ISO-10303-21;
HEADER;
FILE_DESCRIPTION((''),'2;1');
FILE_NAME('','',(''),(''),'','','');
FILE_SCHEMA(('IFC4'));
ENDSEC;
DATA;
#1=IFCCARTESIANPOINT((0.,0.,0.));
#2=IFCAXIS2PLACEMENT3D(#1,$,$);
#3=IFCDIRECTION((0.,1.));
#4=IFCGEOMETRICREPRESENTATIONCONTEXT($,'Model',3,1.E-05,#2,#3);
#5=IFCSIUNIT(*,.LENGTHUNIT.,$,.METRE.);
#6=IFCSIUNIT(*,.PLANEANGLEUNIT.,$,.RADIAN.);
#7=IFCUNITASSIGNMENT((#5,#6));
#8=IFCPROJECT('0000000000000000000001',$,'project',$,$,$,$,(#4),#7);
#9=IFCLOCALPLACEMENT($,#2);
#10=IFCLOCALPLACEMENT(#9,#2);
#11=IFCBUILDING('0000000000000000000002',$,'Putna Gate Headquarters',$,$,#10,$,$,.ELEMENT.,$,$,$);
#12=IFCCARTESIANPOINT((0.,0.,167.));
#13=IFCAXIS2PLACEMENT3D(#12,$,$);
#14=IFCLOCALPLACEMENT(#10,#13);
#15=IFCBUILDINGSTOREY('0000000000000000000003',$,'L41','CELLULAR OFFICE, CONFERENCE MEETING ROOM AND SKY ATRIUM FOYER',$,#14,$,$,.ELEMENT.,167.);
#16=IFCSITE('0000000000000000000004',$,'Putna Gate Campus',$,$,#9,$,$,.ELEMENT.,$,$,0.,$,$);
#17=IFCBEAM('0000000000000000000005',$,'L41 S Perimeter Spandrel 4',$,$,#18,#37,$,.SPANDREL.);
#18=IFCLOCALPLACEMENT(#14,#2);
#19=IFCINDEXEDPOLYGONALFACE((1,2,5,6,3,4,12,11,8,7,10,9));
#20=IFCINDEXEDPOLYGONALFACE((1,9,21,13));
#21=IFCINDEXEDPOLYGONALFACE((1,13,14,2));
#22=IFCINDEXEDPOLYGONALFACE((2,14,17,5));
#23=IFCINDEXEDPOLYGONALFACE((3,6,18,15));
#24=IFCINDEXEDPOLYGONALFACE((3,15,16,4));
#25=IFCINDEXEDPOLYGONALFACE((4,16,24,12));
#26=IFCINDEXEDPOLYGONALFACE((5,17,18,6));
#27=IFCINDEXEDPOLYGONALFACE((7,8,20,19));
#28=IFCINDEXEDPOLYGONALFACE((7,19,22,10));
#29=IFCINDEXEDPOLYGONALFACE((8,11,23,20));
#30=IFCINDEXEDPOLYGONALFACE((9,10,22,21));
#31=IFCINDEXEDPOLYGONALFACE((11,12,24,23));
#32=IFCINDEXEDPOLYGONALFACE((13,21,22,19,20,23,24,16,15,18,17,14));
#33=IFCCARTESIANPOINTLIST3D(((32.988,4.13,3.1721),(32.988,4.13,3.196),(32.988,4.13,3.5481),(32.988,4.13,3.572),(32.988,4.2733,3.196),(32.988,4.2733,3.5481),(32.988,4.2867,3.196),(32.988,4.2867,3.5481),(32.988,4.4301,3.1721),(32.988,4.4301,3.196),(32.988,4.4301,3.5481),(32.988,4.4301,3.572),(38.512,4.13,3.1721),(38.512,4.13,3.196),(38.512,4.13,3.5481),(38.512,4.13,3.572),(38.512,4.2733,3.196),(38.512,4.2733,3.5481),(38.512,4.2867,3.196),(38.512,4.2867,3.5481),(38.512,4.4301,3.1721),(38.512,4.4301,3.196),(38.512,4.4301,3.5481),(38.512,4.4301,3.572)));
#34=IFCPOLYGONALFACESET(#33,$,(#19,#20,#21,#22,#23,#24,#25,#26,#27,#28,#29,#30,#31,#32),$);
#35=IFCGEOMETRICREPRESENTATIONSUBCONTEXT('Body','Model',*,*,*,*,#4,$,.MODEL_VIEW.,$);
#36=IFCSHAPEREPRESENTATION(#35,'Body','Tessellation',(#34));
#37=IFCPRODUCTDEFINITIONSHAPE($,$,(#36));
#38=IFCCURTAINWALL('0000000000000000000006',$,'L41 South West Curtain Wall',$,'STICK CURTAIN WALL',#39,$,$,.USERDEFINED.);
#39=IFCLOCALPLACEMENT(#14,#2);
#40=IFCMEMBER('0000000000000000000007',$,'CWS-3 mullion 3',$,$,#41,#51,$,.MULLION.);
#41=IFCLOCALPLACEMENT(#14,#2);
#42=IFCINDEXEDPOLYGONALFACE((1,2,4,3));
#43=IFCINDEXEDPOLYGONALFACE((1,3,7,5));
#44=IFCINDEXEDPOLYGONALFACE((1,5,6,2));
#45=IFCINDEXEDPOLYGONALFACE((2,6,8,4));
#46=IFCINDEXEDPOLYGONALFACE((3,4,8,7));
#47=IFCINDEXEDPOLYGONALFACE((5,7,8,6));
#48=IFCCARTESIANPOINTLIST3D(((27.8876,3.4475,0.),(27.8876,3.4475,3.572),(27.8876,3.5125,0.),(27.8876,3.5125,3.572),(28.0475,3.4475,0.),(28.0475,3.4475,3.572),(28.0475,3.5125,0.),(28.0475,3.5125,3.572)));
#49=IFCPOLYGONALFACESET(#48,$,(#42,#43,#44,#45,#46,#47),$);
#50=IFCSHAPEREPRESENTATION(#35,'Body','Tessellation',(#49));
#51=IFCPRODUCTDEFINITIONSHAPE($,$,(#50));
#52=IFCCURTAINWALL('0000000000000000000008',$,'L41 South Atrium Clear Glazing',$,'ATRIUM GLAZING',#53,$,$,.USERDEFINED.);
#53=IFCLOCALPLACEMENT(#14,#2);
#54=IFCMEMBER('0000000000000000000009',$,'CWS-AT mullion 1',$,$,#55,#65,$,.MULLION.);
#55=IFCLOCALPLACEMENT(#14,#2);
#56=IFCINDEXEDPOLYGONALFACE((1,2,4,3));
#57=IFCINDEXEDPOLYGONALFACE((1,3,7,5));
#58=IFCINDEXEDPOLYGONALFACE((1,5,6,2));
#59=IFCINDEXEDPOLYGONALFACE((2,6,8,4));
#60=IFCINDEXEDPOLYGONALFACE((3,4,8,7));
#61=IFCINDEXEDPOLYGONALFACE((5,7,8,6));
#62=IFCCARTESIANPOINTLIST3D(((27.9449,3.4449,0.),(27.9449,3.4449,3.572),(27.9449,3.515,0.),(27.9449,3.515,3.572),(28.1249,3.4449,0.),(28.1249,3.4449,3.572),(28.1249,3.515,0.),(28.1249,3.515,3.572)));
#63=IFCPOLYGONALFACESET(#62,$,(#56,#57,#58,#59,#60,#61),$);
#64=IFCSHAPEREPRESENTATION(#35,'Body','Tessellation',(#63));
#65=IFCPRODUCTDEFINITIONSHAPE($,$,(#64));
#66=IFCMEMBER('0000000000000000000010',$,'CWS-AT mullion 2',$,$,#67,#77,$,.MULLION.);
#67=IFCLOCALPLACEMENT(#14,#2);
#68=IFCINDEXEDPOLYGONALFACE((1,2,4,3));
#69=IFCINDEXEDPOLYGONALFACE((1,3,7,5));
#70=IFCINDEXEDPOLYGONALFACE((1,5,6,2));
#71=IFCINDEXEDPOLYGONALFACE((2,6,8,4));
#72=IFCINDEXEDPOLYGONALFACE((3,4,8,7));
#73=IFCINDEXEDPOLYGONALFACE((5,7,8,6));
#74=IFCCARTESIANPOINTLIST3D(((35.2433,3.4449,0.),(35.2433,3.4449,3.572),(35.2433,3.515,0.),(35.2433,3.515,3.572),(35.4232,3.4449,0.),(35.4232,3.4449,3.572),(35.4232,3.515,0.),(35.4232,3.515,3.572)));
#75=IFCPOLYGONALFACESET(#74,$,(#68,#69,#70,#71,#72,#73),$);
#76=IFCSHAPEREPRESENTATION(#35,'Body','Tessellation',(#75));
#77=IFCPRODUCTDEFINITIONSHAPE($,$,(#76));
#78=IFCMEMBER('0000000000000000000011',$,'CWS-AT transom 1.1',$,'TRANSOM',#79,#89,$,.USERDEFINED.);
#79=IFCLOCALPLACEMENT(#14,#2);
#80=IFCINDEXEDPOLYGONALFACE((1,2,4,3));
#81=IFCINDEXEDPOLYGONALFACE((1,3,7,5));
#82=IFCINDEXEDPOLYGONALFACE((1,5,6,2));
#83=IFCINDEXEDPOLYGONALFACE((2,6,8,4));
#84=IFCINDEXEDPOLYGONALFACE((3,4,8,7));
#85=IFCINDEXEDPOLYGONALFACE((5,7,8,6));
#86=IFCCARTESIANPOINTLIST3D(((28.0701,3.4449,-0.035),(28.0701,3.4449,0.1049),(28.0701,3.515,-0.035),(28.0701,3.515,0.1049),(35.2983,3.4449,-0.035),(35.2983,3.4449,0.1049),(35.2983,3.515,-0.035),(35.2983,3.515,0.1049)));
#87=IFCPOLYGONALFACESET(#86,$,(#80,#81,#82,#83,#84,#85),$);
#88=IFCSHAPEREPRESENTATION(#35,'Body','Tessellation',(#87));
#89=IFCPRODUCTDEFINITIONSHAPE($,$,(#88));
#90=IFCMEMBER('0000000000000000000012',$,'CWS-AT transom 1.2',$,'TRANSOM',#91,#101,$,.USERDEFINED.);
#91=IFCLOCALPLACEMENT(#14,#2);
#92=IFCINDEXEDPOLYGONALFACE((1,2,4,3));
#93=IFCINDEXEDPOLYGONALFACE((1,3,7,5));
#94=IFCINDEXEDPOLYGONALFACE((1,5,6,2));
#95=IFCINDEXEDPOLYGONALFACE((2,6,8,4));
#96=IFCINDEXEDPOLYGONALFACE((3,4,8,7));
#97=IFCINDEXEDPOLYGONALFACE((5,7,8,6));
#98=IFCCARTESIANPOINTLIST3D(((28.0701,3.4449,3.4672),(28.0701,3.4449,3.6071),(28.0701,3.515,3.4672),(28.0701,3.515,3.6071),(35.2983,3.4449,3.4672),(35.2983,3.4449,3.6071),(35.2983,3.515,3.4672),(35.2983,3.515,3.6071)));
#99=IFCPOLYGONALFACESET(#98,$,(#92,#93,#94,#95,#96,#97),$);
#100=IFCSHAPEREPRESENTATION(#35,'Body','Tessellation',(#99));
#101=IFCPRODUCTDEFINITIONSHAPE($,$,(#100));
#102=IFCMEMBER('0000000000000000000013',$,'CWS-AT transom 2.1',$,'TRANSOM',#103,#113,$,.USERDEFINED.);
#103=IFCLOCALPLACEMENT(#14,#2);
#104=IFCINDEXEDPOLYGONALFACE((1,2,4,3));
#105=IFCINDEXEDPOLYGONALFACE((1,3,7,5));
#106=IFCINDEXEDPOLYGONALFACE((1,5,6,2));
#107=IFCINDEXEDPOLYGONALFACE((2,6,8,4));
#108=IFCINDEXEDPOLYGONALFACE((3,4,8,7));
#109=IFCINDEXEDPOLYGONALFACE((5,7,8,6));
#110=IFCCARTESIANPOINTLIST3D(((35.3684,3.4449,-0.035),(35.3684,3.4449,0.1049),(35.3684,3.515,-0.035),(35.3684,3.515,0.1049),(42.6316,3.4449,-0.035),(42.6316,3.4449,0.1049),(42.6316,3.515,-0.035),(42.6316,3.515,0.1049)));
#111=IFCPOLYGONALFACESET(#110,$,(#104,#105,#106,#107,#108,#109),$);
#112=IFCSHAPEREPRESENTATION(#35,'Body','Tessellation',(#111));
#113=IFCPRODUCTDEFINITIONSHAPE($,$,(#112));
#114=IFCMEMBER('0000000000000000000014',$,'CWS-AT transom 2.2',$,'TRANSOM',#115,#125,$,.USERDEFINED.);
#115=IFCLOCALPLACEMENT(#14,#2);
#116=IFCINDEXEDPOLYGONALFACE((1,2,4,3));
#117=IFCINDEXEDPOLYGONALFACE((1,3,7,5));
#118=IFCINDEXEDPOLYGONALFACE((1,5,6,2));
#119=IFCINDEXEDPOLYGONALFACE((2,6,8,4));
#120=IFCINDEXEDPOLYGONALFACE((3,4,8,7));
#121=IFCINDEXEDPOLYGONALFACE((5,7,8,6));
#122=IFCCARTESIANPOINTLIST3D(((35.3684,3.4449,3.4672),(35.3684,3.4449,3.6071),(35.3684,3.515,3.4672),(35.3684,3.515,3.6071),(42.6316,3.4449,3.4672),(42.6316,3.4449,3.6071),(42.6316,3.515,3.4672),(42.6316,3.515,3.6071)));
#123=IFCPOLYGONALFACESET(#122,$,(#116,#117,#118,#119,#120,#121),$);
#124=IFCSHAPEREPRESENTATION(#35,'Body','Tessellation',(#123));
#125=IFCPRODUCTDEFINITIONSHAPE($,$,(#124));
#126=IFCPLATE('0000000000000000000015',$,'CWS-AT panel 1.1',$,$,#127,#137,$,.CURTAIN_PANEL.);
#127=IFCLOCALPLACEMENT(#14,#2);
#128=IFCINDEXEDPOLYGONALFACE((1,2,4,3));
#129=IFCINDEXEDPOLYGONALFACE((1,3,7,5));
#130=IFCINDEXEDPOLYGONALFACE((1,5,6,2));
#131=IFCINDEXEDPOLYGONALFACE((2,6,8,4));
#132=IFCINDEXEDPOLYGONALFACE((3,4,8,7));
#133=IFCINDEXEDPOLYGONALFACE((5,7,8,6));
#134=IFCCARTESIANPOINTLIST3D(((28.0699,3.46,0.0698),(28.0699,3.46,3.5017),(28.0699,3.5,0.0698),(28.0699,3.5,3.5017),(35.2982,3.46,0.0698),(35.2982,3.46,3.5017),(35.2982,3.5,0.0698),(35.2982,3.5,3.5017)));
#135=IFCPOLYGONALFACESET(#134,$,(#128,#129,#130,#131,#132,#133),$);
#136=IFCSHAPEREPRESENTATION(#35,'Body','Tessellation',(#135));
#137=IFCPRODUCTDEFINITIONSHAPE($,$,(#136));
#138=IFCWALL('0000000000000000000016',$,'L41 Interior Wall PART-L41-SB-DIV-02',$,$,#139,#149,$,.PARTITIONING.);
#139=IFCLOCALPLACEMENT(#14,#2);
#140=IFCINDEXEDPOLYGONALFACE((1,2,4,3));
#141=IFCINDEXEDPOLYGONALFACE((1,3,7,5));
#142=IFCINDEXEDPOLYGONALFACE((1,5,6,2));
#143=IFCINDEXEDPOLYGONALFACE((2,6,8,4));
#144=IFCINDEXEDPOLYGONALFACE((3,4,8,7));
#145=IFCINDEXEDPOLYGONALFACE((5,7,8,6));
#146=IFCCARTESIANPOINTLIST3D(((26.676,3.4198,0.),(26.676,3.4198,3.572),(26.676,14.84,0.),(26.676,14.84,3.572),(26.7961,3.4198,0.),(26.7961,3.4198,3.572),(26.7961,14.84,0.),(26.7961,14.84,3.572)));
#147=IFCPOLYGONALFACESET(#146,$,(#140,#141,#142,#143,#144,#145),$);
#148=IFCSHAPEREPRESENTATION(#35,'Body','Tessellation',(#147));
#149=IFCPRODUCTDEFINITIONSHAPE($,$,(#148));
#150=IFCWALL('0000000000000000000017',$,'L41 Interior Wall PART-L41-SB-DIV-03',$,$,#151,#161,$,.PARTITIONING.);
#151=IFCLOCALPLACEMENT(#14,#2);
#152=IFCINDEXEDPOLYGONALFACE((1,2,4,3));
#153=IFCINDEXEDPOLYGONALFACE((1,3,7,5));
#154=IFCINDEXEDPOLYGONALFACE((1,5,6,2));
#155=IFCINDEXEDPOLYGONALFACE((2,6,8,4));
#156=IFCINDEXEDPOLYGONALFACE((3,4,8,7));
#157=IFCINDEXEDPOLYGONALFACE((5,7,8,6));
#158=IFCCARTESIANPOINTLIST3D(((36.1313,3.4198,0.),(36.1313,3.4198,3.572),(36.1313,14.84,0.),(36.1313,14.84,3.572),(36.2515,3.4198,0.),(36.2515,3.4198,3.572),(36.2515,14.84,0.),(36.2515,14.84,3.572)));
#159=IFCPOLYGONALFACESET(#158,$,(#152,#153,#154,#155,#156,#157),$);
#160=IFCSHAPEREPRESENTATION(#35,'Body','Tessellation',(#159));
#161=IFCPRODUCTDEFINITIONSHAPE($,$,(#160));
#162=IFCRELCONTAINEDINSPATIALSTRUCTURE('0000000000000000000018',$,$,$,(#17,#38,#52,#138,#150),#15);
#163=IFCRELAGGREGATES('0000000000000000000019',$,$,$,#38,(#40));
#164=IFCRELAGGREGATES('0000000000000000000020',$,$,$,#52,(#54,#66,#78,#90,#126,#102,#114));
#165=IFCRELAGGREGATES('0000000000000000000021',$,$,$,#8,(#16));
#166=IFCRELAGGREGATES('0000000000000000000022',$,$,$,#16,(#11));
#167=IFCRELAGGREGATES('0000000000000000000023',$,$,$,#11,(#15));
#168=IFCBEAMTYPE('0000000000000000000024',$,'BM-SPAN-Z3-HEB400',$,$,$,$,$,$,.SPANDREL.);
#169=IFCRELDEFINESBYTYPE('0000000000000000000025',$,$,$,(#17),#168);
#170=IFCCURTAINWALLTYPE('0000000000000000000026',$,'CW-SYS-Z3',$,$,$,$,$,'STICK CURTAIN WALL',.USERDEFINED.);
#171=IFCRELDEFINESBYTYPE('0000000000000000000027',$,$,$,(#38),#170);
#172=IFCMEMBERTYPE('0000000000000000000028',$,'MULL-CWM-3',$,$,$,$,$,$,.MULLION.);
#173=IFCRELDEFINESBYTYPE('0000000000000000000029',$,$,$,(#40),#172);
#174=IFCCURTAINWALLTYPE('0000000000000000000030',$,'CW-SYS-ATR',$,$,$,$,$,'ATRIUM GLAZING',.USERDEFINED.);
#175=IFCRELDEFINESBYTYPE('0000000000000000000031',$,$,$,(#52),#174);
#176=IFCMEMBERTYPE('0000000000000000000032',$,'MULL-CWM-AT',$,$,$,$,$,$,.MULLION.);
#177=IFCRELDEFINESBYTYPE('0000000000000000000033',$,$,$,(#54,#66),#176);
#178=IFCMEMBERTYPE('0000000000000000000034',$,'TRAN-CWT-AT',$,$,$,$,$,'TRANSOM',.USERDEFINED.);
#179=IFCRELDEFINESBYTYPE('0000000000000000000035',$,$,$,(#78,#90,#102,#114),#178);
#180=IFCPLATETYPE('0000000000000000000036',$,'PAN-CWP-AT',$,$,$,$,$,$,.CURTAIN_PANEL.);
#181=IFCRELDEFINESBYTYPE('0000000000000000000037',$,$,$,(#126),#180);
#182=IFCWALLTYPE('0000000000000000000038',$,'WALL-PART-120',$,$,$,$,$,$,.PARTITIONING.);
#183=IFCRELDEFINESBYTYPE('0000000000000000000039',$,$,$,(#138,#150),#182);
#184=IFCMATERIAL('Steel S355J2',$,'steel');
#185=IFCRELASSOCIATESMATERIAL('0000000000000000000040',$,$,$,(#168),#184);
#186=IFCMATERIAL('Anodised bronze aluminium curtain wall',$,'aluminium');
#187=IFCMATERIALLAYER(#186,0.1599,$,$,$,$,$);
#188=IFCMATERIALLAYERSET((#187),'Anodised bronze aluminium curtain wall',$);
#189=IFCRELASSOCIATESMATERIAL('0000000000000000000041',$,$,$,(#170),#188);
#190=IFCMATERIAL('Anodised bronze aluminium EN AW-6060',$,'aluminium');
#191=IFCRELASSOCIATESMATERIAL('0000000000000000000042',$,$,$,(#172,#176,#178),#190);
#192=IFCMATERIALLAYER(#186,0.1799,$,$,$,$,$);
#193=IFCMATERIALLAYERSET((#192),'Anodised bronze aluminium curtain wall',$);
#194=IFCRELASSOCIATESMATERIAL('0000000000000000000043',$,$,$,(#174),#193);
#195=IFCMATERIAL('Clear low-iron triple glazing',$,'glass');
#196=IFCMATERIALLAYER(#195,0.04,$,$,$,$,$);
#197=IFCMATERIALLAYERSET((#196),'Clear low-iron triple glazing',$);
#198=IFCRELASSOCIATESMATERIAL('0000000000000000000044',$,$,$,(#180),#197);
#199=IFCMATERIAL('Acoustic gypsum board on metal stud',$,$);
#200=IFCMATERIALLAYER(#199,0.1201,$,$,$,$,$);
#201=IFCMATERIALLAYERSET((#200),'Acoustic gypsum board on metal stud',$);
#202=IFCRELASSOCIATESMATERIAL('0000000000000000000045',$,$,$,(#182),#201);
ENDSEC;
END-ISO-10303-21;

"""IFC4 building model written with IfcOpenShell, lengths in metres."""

from ifc_helpers import new_model, si_unit, direction, frame, frame_2d, origin, origin_2d, place, context, subcontext, project, spatial, rectangle, i_section, extrude, material, layer, layer_set, material_profile, profile_set, type_object, element, aggregate, save


model = new_model("IFC4")

# Units and contexts
model_context = context("Model", 3, precision=1e-05, world=origin(), true_north=direction((0.0, 1.0)))
body_context = subcontext(model_context, "Body", "Model", "MODEL_VIEW")
ifc_project = project(units=[si_unit("LENGTHUNIT", "METRE"), si_unit("PLANEANGLEUNIT", "RADIAN")], contexts=[model_context])

# Site, building, storey
site_placement = place(None, origin())
site = spatial("IfcSite", under=ifc_project, at=site_placement, Name="Putna Gate Campus", CompositionType="ELEMENT", RefElevation=0.0)
building_placement = place(site_placement, origin())
building = spatial("IfcBuilding", under=site, at=building_placement, Name="Putna Gate Headquarters", CompositionType="ELEMENT")
storey_placement = place(building_placement, frame((0.0, 0.0, 167.0)))
storey = spatial("IfcBuildingStorey", under=building, at=storey_placement, Name="L41", Description="CELLULAR OFFICE, CONFERENCE MEETING ROOM AND SKY ATRIUM FOYER", CompositionType="ELEMENT", Elevation=167.0)

# Beam
ifc_material_1 = material(Name="Steel S355J2", Category="steel")
ifc_material_profile_1 = material_profile(ifc_material_1, i_section(OverallWidth=0.3, OverallDepth=0.3999, WebThickness=0.0134, FlangeThickness=0.0239, at=origin_2d()), Name="Steel S355J2")
ifc_profile_set_1 = profile_set([ifc_material_profile_1], Name="Steel S355J2")
beam_type_1 = type_object("IfcBeamType", Name="BM-SPAN-Z3-HEB400", PredefinedType="SPANDREL", material=ifc_profile_set_1)
beam_1_placement = place(storey_placement, frame((32.988, 4.28, 3.3721), z_axis=(1.0, 0.0, 0.0), x_axis=(0.0, 1.0, 0.0)))
element("IfcBeam", 1, at=beam_1_placement, inside=storey, type_object=beam_type_1, Name="L41 S Perimeter Spandrel 4", PredefinedType="SPANDREL", context=body_context, shape_type="SweptSolid", body=[
    extrude(i_section(OverallWidth=0.3, OverallDepth=0.3999, WebThickness=0.0134, FlangeThickness=0.0239, at=origin_2d()), origin(), (0.0, 0.0, 1.0), 5.5239),
])

# Curtain wall, member
ifc_material_2 = material(Name="Anodised bronze aluminium curtain wall", Category="aluminium")
ifc_layer_1 = layer(ifc_material_2, 0.1599)
ifc_layer_set_1 = layer_set([ifc_layer_1], Name="Anodised bronze aluminium curtain wall")
curtain_wall_type_1 = type_object("IfcCurtainWallType", Name="CW-SYS-Z3", ElementType="STICK CURTAIN WALL", PredefinedType="USERDEFINED", material=ifc_layer_set_1)
curtain_wall_1_placement = place(storey_placement, origin())
curtain_wall_1 = element("IfcCurtainWall", 2, at=curtain_wall_1_placement, inside=storey, type_object=curtain_wall_type_1, Name="L41 South West Curtain Wall", ObjectType="STICK CURTAIN WALL", PredefinedType="USERDEFINED")
ifc_material_3 = material(Name="Anodised bronze aluminium EN AW-6060", Category="aluminium")
ifc_material_profile_2 = material_profile(ifc_material_3, rectangle(XDim=0.0649, YDim=0.1599, at=origin_2d()), Name="Anodised bronze aluminium EN AW-6060")
ifc_profile_set_2 = profile_set([ifc_material_profile_2], Name="Anodised bronze aluminium EN AW-6060")
member_type_1 = type_object("IfcMemberType", Name="MULL-CWM-3", PredefinedType="MULLION", material=ifc_profile_set_2)
member_1_placement = place(storey_placement, frame((27.9675, 3.48, 0.0), z_axis=(0.0, 0.0, 1.0), x_axis=(0.0, 1.0, 0.0)))
member_1 = element("IfcMember", 3, at=member_1_placement, type_object=member_type_1, Name="CWS-3 mullion 3", PredefinedType="MULLION", context=body_context, shape_type="SweptSolid", body=[
    extrude(rectangle(XDim=0.0649, YDim=0.1599, at=origin_2d()), origin(), (0.0, 0.0, 1.0), 3.572),
])
aggregate(curtain_wall_1, [member_1])

# Curtain wall, members, plate
ifc_layer_2 = layer(ifc_material_2, 0.1799)
ifc_layer_set_2 = layer_set([ifc_layer_2], Name="Anodised bronze aluminium curtain wall")
curtain_wall_type_2 = type_object("IfcCurtainWallType", Name="CW-SYS-ATR", ElementType="ATRIUM GLAZING", PredefinedType="USERDEFINED", material=ifc_layer_set_2)
curtain_wall_2_placement = place(storey_placement, origin())
curtain_wall_2 = element("IfcCurtainWall", 4, at=curtain_wall_2_placement, inside=storey, type_object=curtain_wall_type_2, Name="L41 South Atrium Clear Glazing", ObjectType="ATRIUM GLAZING", PredefinedType="USERDEFINED")
ifc_material_profile_3 = material_profile(ifc_material_3, rectangle(XDim=0.0701, YDim=0.1799, at=origin_2d()), Name="Anodised bronze aluminium EN AW-6060")
ifc_profile_set_3 = profile_set([ifc_material_profile_3], Name="Anodised bronze aluminium EN AW-6060")
member_type_2 = type_object("IfcMemberType", Name="MULL-CWM-AT", PredefinedType="MULLION", material=ifc_profile_set_3)
member_2_placement = place(storey_placement, frame((28.0349, 3.48, 0.0), z_axis=(0.0, 0.0, 1.0), x_axis=(0.0, 1.0, 0.0)))
member_2 = element("IfcMember", 5, at=member_2_placement, type_object=member_type_2, Name="CWS-AT mullion 1", PredefinedType="MULLION", context=body_context, shape_type="SweptSolid", body=[
    extrude(rectangle(XDim=0.0701, YDim=0.1799, at=origin_2d()), origin(), (0.0, 0.0, 1.0), 3.572),
])
member_3_placement = place(storey_placement, frame((35.3333, 3.48, 0.0), z_axis=(0.0, 0.0, 1.0), x_axis=(0.0, 1.0, 0.0)))
member_3 = element("IfcMember", 6, at=member_3_placement, type_object=member_type_2, Name="CWS-AT mullion 2", PredefinedType="MULLION", context=body_context, shape_type="SweptSolid", body=[
    extrude(rectangle(XDim=0.0701, YDim=0.1799, at=origin_2d()), origin(), (0.0, 0.0, 1.0), 3.572),
])
ifc_material_profile_4 = material_profile(ifc_material_3, rectangle(XDim=0.0701, YDim=0.1399, at=origin_2d()), Name="Anodised bronze aluminium EN AW-6060")
ifc_profile_set_4 = profile_set([ifc_material_profile_4], Name="Anodised bronze aluminium EN AW-6060")
member_type_3 = type_object("IfcMemberType", Name="TRAN-CWT-AT", ElementType="TRANSOM", PredefinedType="USERDEFINED", material=ifc_profile_set_4)
member_4_placement = place(storey_placement, frame((28.0701, 3.48, 0.0349), z_axis=(1.0, 0.0, 0.0), x_axis=(0.0, 1.0, 0.0)))
member_4 = element("IfcMember", 7, at=member_4_placement, type_object=member_type_3, Name="CWS-AT transom 1.1", ObjectType="TRANSOM", PredefinedType="USERDEFINED", context=body_context, shape_type="SweptSolid", body=[
    extrude(rectangle(XDim=0.0701, YDim=0.1399, at=origin_2d()), origin(), (0.0, 0.0, 1.0), 7.2283),
])
member_5_placement = place(storey_placement, frame((28.0701, 3.48, 3.5371), z_axis=(1.0, 0.0, 0.0), x_axis=(0.0, 1.0, 0.0)))
member_5 = element("IfcMember", 8, at=member_5_placement, type_object=member_type_3, Name="CWS-AT transom 1.2", ObjectType="TRANSOM", PredefinedType="USERDEFINED", context=body_context, shape_type="SweptSolid", body=[
    extrude(rectangle(XDim=0.0701, YDim=0.1399, at=origin_2d()), origin(), (0.0, 0.0, 1.0), 7.2283),
])
member_6_placement = place(storey_placement, frame((35.3684, 3.48, 0.0349), z_axis=(1.0, 0.0, 0.0), x_axis=(0.0, 1.0, 0.0)))
member_6 = element("IfcMember", 9, at=member_6_placement, type_object=member_type_3, Name="CWS-AT transom 2.1", ObjectType="TRANSOM", PredefinedType="USERDEFINED", context=body_context, shape_type="SweptSolid", body=[
    extrude(rectangle(XDim=0.0701, YDim=0.1399, at=origin_2d()), origin(), (0.0, 0.0, 1.0), 7.2632),
])
member_7_placement = place(storey_placement, frame((35.3684, 3.48, 3.5371), z_axis=(1.0, 0.0, 0.0), x_axis=(0.0, 1.0, 0.0)))
member_7 = element("IfcMember", 10, at=member_7_placement, type_object=member_type_3, Name="CWS-AT transom 2.2", ObjectType="TRANSOM", PredefinedType="USERDEFINED", context=body_context, shape_type="SweptSolid", body=[
    extrude(rectangle(XDim=0.0701, YDim=0.1399, at=origin_2d()), origin(), (0.0, 0.0, 1.0), 7.2632),
])
ifc_material_4 = material(Name="Clear low-iron triple glazing", Category="glass")
ifc_layer_3 = layer(ifc_material_4, 0.04)
ifc_layer_set_3 = layer_set([ifc_layer_3], Name="Clear low-iron triple glazing")
plate_type = type_object("IfcPlateType", Name="PAN-CWP-AT", PredefinedType="CURTAIN_PANEL", material=ifc_layer_set_3)
plate_placement = place(storey_placement, frame((31.6841, 3.48, 0.0698), z_axis=(0.0, 0.0, 1.0), x_axis=(1.0, 0.0, 0.0)))
plate = element("IfcPlate", 11, at=plate_placement, type_object=plate_type, Name="CWS-AT panel 1.1", PredefinedType="CURTAIN_PANEL", context=body_context, shape_type="SweptSolid", body=[
    extrude(rectangle(XDim=7.2283, YDim=0.04, at=origin_2d()), origin(), (0.0, 0.0, 1.0), 3.4319),
])
aggregate(curtain_wall_2, [member_2, member_3, member_4, member_5, plate, member_6, member_7])

# Walls
ifc_material_5 = material(Name="Acoustic gypsum board on metal stud")
ifc_layer_4 = layer(ifc_material_5, 0.1201)
ifc_layer_set_4 = layer_set([ifc_layer_4], Name="Acoustic gypsum board on metal stud")
wall_type_1 = type_object("IfcWallType", Name="WALL-PART-120", PredefinedType="PARTITIONING", material=ifc_layer_set_4)
for number, where, z_axis, x_axis, name in (
    (12, (26.7361, 3.4199, 0.0), (0.0, 0.0, 1.0), (0.0, 1.0, 0.0), "L41 Interior Wall PART-L41-SB-DIV-02"),
    (13, (36.1914, 3.4199, 0.0), (0.0, 0.0, 1.0), (0.0, 1.0, 0.0), "L41 Interior Wall PART-L41-SB-DIV-03"),
):
    element("IfcWall", number, at=place(storey_placement, frame(where, z_axis=z_axis, x_axis=x_axis)), inside=storey, type_object=wall_type_1, Name=name, PredefinedType="PARTITIONING", context=body_context, shape_type="SweptSolid", body=[
        extrude(rectangle(XDim=11.4202, YDim=0.1201, at=frame_2d((5.71, 0.0))), origin(), (0.0, 0.0, 1.0), 3.572),
    ])

save(model, "model.ifc")
